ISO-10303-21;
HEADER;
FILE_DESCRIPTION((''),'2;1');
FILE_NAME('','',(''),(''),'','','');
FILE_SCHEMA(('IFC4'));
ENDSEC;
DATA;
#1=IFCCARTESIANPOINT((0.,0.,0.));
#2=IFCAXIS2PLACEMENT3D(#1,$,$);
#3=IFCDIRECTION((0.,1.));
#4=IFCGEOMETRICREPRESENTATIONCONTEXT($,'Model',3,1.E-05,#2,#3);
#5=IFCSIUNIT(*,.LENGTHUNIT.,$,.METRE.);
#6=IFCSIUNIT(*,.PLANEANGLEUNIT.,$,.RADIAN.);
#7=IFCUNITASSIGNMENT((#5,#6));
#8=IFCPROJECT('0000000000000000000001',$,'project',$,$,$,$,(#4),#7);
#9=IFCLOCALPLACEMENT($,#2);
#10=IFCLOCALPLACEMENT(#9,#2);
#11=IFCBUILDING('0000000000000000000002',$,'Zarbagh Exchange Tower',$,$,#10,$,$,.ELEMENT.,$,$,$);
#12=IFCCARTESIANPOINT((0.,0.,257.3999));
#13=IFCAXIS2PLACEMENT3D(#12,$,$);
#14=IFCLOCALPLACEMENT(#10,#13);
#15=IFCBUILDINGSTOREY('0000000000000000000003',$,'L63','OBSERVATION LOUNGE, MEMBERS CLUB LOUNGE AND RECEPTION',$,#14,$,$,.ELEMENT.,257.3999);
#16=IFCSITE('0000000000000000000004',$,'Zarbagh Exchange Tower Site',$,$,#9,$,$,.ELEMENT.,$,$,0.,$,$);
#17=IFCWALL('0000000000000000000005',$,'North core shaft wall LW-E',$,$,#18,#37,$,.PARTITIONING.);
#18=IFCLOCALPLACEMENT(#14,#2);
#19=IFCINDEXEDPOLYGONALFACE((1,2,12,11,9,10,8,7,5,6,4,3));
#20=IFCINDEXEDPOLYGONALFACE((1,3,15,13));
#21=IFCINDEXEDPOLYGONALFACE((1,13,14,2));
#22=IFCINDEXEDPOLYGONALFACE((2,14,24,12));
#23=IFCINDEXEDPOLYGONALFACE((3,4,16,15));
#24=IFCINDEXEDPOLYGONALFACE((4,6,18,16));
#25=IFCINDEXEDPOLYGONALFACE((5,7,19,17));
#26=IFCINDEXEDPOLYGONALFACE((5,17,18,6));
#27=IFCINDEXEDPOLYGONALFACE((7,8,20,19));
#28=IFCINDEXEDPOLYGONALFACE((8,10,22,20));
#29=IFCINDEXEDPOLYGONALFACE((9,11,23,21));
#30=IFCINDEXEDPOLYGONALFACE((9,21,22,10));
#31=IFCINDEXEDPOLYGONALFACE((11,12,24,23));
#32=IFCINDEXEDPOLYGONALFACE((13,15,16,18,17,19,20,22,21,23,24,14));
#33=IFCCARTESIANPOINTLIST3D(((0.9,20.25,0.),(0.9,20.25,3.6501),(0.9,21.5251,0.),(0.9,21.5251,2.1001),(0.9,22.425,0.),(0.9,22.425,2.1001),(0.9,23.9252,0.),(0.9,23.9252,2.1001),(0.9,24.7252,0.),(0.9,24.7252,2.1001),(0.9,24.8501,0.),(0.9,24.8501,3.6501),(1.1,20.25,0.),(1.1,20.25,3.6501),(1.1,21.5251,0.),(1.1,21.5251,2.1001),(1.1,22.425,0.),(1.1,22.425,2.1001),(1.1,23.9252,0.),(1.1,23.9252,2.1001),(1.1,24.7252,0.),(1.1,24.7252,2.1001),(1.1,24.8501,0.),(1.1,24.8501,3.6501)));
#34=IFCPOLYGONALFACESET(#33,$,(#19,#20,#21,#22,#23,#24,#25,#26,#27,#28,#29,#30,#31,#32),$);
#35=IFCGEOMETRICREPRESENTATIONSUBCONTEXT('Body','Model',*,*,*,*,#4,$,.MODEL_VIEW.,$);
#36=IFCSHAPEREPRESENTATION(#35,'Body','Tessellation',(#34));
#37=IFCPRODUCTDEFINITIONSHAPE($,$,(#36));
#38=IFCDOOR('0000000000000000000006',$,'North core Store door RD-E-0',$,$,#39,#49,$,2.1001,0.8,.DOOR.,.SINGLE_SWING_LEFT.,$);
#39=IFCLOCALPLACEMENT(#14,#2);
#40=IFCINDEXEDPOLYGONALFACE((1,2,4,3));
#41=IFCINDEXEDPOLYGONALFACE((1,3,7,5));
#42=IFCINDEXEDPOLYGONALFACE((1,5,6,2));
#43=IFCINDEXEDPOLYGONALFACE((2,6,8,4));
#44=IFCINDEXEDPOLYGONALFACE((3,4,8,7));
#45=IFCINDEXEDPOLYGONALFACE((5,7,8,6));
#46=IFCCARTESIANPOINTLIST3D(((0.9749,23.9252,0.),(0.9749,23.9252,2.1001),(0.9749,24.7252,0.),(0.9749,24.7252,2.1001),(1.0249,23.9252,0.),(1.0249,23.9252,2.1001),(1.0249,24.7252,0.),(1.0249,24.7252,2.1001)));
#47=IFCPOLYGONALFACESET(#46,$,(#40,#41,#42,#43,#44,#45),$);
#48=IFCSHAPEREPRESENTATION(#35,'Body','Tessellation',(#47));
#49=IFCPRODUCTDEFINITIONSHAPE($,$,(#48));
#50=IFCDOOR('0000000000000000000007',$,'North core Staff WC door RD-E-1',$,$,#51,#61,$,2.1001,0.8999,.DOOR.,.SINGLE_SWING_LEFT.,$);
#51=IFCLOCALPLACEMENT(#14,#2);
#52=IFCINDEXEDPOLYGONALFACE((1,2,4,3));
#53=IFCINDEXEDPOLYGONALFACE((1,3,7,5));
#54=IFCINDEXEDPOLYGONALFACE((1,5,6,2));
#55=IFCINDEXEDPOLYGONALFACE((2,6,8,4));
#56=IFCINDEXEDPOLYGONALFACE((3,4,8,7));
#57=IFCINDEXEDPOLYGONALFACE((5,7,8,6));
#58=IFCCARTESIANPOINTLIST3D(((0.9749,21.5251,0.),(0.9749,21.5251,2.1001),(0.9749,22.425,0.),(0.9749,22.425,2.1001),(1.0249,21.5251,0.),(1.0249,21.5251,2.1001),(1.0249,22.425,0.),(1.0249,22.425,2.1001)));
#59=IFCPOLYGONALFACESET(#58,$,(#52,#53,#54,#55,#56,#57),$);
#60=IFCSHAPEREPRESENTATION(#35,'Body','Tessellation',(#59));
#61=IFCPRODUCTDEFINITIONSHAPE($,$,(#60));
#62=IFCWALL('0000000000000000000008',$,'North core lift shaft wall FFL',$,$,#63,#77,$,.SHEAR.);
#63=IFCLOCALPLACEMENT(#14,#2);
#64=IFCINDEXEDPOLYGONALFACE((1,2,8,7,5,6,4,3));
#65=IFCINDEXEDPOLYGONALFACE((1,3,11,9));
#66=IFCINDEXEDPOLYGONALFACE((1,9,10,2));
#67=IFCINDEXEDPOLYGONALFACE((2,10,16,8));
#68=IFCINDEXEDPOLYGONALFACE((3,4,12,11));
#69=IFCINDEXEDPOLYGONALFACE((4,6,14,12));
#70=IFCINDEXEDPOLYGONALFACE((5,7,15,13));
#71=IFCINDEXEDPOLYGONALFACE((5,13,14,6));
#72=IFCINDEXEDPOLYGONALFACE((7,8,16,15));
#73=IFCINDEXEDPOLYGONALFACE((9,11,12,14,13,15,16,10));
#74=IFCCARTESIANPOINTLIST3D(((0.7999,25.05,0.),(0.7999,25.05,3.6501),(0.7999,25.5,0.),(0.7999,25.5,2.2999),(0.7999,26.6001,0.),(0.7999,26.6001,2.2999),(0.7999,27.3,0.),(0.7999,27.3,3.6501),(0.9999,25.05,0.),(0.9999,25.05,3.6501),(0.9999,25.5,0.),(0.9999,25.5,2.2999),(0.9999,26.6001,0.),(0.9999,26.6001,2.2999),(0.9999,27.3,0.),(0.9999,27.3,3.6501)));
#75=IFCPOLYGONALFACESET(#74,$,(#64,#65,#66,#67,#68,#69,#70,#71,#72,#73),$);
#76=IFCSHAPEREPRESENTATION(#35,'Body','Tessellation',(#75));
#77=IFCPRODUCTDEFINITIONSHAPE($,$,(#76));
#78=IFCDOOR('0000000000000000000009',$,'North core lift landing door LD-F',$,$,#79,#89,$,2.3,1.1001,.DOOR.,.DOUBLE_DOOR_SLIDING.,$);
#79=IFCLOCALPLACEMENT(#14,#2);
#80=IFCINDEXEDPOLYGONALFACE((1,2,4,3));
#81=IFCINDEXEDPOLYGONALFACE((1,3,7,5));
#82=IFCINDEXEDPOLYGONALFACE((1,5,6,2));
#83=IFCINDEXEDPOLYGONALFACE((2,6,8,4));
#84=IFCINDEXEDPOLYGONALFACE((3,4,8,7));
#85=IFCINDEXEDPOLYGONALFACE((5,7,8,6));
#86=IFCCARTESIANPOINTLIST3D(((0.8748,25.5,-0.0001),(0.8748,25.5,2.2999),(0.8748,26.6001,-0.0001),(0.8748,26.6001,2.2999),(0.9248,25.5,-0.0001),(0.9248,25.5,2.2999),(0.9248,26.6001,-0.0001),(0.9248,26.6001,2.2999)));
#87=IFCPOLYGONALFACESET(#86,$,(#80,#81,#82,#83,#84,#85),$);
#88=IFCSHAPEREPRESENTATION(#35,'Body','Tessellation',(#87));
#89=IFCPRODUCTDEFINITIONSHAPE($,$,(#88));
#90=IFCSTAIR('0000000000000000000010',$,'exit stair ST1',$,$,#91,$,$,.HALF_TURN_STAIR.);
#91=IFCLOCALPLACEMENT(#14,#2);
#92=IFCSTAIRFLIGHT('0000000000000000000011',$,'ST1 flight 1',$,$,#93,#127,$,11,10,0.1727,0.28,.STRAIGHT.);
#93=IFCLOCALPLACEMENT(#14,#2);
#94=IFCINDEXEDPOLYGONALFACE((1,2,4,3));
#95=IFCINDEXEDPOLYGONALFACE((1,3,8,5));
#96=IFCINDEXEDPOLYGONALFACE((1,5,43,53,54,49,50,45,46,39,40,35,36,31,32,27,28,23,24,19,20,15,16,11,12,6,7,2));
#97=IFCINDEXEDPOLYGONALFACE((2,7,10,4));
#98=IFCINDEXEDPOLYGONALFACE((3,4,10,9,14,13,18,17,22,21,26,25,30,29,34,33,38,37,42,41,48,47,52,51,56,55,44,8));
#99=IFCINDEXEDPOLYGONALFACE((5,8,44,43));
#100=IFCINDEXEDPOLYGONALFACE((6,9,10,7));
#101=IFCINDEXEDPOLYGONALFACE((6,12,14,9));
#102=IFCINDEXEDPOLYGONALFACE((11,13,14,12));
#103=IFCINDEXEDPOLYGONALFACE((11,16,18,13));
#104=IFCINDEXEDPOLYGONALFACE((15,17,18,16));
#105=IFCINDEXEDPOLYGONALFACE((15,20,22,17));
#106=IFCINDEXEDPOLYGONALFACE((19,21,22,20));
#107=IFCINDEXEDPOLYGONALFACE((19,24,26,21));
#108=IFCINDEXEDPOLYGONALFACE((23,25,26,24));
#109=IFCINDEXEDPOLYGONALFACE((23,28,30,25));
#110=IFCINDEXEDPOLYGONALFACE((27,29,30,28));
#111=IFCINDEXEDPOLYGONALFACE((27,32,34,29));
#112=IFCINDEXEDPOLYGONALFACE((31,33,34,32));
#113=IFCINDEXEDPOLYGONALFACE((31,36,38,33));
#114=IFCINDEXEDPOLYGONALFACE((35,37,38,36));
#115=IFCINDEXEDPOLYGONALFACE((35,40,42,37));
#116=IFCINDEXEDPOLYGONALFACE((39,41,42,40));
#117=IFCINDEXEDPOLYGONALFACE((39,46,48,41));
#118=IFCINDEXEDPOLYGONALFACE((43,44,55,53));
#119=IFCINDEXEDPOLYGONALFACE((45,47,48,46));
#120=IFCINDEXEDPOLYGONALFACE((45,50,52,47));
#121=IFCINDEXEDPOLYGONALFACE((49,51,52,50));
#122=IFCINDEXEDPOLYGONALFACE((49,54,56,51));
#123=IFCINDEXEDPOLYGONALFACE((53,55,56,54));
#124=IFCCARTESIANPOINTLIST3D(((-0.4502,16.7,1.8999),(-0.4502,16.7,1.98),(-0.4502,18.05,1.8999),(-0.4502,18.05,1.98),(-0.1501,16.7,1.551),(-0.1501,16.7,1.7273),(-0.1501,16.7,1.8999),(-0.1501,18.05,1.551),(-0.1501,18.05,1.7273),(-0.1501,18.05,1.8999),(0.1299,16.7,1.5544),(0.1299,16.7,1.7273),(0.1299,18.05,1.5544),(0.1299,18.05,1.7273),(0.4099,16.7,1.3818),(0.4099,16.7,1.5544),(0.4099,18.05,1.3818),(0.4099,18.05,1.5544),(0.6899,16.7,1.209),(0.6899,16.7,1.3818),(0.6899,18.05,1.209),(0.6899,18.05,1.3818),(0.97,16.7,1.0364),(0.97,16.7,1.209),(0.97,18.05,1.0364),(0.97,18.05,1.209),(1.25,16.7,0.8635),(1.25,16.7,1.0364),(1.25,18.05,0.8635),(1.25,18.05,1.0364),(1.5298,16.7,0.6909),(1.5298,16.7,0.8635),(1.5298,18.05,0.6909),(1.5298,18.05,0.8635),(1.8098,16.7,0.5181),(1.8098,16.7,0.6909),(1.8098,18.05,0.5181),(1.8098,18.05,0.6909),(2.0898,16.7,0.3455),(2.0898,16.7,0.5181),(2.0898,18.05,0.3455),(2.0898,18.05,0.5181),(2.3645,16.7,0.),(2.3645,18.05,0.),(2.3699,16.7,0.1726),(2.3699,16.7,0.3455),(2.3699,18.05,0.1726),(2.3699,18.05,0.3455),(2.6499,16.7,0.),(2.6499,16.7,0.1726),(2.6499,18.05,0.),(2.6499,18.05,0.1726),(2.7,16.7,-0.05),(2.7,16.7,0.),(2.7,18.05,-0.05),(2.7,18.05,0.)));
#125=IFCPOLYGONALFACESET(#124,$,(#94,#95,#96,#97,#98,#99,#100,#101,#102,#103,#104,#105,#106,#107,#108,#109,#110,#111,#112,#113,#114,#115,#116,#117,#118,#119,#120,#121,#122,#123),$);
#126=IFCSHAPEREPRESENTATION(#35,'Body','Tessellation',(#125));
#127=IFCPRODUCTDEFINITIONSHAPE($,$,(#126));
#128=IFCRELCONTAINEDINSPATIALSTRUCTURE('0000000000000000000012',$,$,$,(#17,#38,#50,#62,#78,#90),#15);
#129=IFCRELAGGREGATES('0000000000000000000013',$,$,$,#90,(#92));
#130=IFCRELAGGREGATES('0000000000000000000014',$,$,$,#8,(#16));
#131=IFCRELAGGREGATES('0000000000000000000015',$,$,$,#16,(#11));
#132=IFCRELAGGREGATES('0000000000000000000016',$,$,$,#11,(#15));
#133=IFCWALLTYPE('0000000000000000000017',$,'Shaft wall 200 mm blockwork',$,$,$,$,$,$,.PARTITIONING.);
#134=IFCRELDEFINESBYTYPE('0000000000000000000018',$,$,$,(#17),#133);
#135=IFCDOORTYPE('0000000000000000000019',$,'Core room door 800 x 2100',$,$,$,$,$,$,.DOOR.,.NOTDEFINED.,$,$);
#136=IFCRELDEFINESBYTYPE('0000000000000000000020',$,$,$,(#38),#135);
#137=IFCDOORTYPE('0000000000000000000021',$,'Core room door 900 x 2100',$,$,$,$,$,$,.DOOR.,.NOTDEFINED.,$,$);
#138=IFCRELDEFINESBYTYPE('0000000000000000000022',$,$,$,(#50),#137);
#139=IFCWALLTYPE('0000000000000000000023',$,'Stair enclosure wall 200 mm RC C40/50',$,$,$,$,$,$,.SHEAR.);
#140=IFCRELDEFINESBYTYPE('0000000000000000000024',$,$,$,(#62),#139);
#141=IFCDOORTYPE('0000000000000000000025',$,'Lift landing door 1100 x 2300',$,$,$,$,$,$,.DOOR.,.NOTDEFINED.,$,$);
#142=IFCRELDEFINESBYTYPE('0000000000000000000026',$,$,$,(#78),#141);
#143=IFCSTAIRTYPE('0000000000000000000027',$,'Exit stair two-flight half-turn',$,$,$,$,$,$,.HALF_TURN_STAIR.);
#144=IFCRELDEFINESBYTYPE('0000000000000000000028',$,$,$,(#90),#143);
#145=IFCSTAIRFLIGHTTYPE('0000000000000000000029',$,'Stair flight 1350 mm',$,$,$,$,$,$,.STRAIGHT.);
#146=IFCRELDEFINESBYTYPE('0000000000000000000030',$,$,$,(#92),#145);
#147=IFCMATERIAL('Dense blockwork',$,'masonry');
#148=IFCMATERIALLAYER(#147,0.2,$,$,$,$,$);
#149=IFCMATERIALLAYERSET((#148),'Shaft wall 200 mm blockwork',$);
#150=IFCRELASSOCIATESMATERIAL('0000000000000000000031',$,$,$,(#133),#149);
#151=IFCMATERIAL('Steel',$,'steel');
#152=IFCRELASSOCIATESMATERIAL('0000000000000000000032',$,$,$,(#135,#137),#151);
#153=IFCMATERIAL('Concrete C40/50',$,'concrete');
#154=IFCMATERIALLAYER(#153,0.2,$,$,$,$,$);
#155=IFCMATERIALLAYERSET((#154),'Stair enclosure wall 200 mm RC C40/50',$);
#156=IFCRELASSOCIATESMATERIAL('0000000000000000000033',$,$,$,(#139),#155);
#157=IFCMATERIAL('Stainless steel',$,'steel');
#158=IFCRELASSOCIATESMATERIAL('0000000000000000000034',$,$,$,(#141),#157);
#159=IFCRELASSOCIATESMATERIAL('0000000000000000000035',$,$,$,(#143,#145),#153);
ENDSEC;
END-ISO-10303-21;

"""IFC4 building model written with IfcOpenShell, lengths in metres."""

from ifc_helpers import new_model, si_unit, direction, frame, frame_2d, origin, place, context, subcontext, project, spatial, polyline, rectangle, outline, extrude, material, layer, layer_set, type_object, element, fill, aggregate, save


model = new_model("IFC4")

# Units and contexts
model_context = context("Model", 3, precision=1e-05, world=origin(), true_north=direction((0.0, 1.0)))
body_context = subcontext(model_context, "Body", "Model", "MODEL_VIEW")
ifc_project = project(units=[si_unit("LENGTHUNIT", "METRE"), si_unit("PLANEANGLEUNIT", "RADIAN")], contexts=[model_context])

# Site, building, storey
site_placement = place(None, origin())
site = spatial("IfcSite", under=ifc_project, at=site_placement, Name="Zarbagh Exchange Tower Site", CompositionType="ELEMENT", RefElevation=0.0)
building_placement = place(site_placement, origin())
building = spatial("IfcBuilding", under=site, at=building_placement, Name="Zarbagh Exchange Tower", CompositionType="ELEMENT")
storey_placement = place(building_placement, frame((0.0, 0.0, 257.3999)))
storey = spatial("IfcBuildingStorey", under=building, at=storey_placement, Name="L63", Description="OBSERVATION LOUNGE, MEMBERS CLUB LOUNGE AND RECEPTION", CompositionType="ELEMENT", Elevation=257.3999)

# Shared definitions
ifc_material_1 = material(Name="Concrete C40/50", Category="concrete")

# Shared definitions
ifc_material_2 = material(Name="Dense blockwork", Category="masonry")

# Wall, openings, doors
ifc_material_3 = material(Name="Steel", Category="steel")
ifc_layer_1 = layer(ifc_material_2, 0.2)
ifc_layer_set_1 = layer_set([ifc_layer_1], Name="Shaft wall 200 mm blockwork")
wall_type_1 = type_object("IfcWallType", Name="Shaft wall 200 mm blockwork", PredefinedType="PARTITIONING", material=ifc_layer_set_1)
wall_1_placement = place(storey_placement, frame((1.0, 24.8501, 0.0), z_axis=(0.0, 0.0, 1.0), x_axis=(0.0, -1.0, 0.0)))
wall_1 = element("IfcWall", 1, at=wall_1_placement, inside=storey, type_object=wall_type_1, Name="North core shaft wall LW-E", PredefinedType="PARTITIONING", context=body_context, shape_type="SweptSolid", body=[
    extrude(rectangle(XDim=4.6001, YDim=0.2, at=frame_2d((2.3, 0.0))), origin(), (0.0, 0.0, 1.0), 3.6501),
])
opening_1_placement = place(wall_1_placement, frame((0.125, 0.0, 0.0)))
opening_1 = element("IfcOpeningElement", 2, at=opening_1_placement, cuts=wall_1, PredefinedType="OPENING", context=body_context, shape_type="SweptSolid", body=[
    extrude(rectangle(XDim=0.8, YDim=2.1001, at=frame_2d((0.3999, 1.05))), frame((0.0, 0.1099, 0.0), z_axis=(0.0, -1.0, 0.0), x_axis=(1.0, 0.0, 0.0)), (0.0, 0.0, 1.0), 0.22),
])
opening_2_placement = place(wall_1_placement, frame((2.425, 0.0, 0.0)))
opening_2 = element("IfcOpeningElement", 3, at=opening_2_placement, cuts=wall_1, PredefinedType="OPENING", context=body_context, shape_type="SweptSolid", body=[
    extrude(rectangle(XDim=0.8999, YDim=2.1001, at=frame_2d((0.45, 1.05))), frame((0.0, 0.1099, 0.0), z_axis=(0.0, -1.0, 0.0), x_axis=(1.0, 0.0, 0.0)), (0.0, 0.0, 1.0), 0.22),
])
door_type_1 = type_object("IfcDoorType", Name="Core room door 800 x 2100", OperationType="NOTDEFINED", PredefinedType="DOOR", material=ifc_material_3)
door_1_placement = place(opening_1_placement, origin())
door_1 = element("IfcDoor", 4, at=door_1_placement, inside=storey, type_object=door_type_1, Name="North core Store door RD-E-0", OperationType="SINGLE_SWING_LEFT", OverallHeight=2.1001, OverallWidth=0.8, PredefinedType="DOOR", context=body_context, shape_type="SweptSolid", body=[
    extrude(rectangle(XDim=0.8, YDim=2.1001, at=frame_2d((0.3999, 1.05))), frame((0.0, 0.0249, 0.0), z_axis=(0.0, -1.0, 0.0), x_axis=(1.0, 0.0, 0.0)), (0.0, 0.0, 1.0), 0.05),
])
fill(opening_1, door_1)
door_type_2 = type_object("IfcDoorType", Name="Core room door 900 x 2100", OperationType="NOTDEFINED", PredefinedType="DOOR", material=ifc_material_3)
door_2_placement = place(opening_2_placement, origin())
door_2 = element("IfcDoor", 5, at=door_2_placement, inside=storey, type_object=door_type_2, Name="North core Staff WC door RD-E-1", OperationType="SINGLE_SWING_LEFT", OverallHeight=2.1001, OverallWidth=0.8999, PredefinedType="DOOR", context=body_context, shape_type="SweptSolid", body=[
    extrude(rectangle(XDim=0.8999, YDim=2.1001, at=frame_2d((0.45, 1.05))), frame((0.0, 0.0249, 0.0), z_axis=(0.0, -1.0, 0.0), x_axis=(1.0, 0.0, 0.0)), (0.0, 0.0, 1.0), 0.05),
])
fill(opening_2, door_2)

# Wall, opening, door
ifc_layer_2 = layer(ifc_material_1, 0.2)
ifc_layer_set_2 = layer_set([ifc_layer_2], Name="Stair enclosure wall 200 mm RC C40/50")
wall_type_2 = type_object("IfcWallType", Name="Stair enclosure wall 200 mm RC C40/50", PredefinedType="SHEAR", material=ifc_layer_set_2)
wall_2_placement = place(storey_placement, frame((0.8999, 27.3, 0.0), z_axis=(0.0, 0.0, 1.0), x_axis=(0.0, -1.0, 0.0)))
wall_2 = element("IfcWall", 6, at=wall_2_placement, inside=storey, type_object=wall_type_2, Name="North core lift shaft wall FFL", PredefinedType="SHEAR", context=body_context, shape_type="SweptSolid", body=[
    extrude(rectangle(XDim=2.25, YDim=0.2, at=frame_2d((1.125, 0.0))), origin(), (0.0, 0.0, 1.0), 3.6501),
])
opening_3_placement = place(wall_2_placement, frame((0.7, 0.0, 0.0)))
opening_3 = element("IfcOpeningElement", 7, at=opening_3_placement, cuts=wall_2, PredefinedType="OPENING", context=body_context, shape_type="SweptSolid", body=[
    extrude(rectangle(XDim=1.1001, YDim=2.3, at=frame_2d((0.55, 1.1499))), frame((0.0, 0.1099, 0.0), z_axis=(0.0, -1.0, 0.0), x_axis=(1.0, 0.0, 0.0)), (0.0, 0.0, 1.0), 0.22),
])
ifc_material_4 = material(Name="Stainless steel", Category="steel")
door_type_3 = type_object("IfcDoorType", Name="Lift landing door 1100 x 2300", OperationType="NOTDEFINED", PredefinedType="DOOR", material=ifc_material_4)
door_3_placement = place(opening_3_placement, origin())
door_3 = element("IfcDoor", 8, at=door_3_placement, inside=storey, type_object=door_type_3, Name="North core lift landing door LD-F", OperationType="DOUBLE_DOOR_SLIDING", OverallHeight=2.3, OverallWidth=1.1001, PredefinedType="DOOR", context=body_context, shape_type="SweptSolid", body=[
    extrude(rectangle(XDim=1.1001, YDim=2.3, at=frame_2d((0.55, 1.1499))), frame((0.0, 0.0249, 0.0), z_axis=(0.0, -1.0, 0.0), x_axis=(1.0, 0.0, 0.0)), (0.0, 0.0, 1.0), 0.05),
])
fill(opening_3, door_3)

# Stair, stair flight
stair_type = type_object("IfcStairType", Name="Exit stair two-flight half-turn", PredefinedType="HALF_TURN_STAIR", material=ifc_material_1)
stair_placement = place(storey_placement, origin())
stair = element("IfcStair", 9, at=stair_placement, inside=storey, type_object=stair_type, Name="exit stair ST1", PredefinedType="HALF_TURN_STAIR")
stair_flight_type = type_object("IfcStairFlightType", Name="Stair flight 1350 mm", PredefinedType="STRAIGHT", material=ifc_material_1)
stair_flight_placement = place(storey_placement, frame((2.6499, 17.375, 0.0), z_axis=(0.0, 0.0, 1.0), x_axis=(-1.0, 0.0, 0.0)))
stair_flight = element("IfcStairFlight", 10, at=stair_flight_placement, type_object=stair_flight_type, Name="ST1 flight 1", NumberOfRisers=11, NumberOfTreads=10, PredefinedType="STRAIGHT", RiserHeight=0.1727, TreadLength=0.28, context=body_context, shape_type="SweptSolid", body=[
    extrude(outline(polyline([(-0.05, -0.05), (-0.05, 0.0), (0.0, 0.0), (0.0, 0.1726), (0.28, 0.1726), (0.28, 0.3455), (0.5601, 0.3455), (0.5601, 0.5181), (0.8401, 0.5181), (0.8401, 0.6909), (1.1201, 0.6909), (1.1201, 0.8635), (1.3999, 0.8635), (1.3999, 1.0364), (1.6799, 1.0364), (1.6799, 1.209), (1.96, 1.209), (1.96, 1.3818), (2.24, 1.3818), (2.24, 1.5544), (2.52, 1.5544), (2.52, 1.7273), (2.8, 1.7273), (2.8, 1.8999), (3.1001, 1.98), (3.1001, 1.8999), (2.8, 1.551), (0.2854, 0.0), (-0.05, -0.05)])), frame((0.0, 0.675, 0.0), z_axis=(0.0, -1.0, 0.0), x_axis=(1.0, 0.0, 0.0)), (0.0, 0.0, 1.0), 1.3501),
])
aggregate(stair, [stair_flight])

save(model, "model.ifc")
